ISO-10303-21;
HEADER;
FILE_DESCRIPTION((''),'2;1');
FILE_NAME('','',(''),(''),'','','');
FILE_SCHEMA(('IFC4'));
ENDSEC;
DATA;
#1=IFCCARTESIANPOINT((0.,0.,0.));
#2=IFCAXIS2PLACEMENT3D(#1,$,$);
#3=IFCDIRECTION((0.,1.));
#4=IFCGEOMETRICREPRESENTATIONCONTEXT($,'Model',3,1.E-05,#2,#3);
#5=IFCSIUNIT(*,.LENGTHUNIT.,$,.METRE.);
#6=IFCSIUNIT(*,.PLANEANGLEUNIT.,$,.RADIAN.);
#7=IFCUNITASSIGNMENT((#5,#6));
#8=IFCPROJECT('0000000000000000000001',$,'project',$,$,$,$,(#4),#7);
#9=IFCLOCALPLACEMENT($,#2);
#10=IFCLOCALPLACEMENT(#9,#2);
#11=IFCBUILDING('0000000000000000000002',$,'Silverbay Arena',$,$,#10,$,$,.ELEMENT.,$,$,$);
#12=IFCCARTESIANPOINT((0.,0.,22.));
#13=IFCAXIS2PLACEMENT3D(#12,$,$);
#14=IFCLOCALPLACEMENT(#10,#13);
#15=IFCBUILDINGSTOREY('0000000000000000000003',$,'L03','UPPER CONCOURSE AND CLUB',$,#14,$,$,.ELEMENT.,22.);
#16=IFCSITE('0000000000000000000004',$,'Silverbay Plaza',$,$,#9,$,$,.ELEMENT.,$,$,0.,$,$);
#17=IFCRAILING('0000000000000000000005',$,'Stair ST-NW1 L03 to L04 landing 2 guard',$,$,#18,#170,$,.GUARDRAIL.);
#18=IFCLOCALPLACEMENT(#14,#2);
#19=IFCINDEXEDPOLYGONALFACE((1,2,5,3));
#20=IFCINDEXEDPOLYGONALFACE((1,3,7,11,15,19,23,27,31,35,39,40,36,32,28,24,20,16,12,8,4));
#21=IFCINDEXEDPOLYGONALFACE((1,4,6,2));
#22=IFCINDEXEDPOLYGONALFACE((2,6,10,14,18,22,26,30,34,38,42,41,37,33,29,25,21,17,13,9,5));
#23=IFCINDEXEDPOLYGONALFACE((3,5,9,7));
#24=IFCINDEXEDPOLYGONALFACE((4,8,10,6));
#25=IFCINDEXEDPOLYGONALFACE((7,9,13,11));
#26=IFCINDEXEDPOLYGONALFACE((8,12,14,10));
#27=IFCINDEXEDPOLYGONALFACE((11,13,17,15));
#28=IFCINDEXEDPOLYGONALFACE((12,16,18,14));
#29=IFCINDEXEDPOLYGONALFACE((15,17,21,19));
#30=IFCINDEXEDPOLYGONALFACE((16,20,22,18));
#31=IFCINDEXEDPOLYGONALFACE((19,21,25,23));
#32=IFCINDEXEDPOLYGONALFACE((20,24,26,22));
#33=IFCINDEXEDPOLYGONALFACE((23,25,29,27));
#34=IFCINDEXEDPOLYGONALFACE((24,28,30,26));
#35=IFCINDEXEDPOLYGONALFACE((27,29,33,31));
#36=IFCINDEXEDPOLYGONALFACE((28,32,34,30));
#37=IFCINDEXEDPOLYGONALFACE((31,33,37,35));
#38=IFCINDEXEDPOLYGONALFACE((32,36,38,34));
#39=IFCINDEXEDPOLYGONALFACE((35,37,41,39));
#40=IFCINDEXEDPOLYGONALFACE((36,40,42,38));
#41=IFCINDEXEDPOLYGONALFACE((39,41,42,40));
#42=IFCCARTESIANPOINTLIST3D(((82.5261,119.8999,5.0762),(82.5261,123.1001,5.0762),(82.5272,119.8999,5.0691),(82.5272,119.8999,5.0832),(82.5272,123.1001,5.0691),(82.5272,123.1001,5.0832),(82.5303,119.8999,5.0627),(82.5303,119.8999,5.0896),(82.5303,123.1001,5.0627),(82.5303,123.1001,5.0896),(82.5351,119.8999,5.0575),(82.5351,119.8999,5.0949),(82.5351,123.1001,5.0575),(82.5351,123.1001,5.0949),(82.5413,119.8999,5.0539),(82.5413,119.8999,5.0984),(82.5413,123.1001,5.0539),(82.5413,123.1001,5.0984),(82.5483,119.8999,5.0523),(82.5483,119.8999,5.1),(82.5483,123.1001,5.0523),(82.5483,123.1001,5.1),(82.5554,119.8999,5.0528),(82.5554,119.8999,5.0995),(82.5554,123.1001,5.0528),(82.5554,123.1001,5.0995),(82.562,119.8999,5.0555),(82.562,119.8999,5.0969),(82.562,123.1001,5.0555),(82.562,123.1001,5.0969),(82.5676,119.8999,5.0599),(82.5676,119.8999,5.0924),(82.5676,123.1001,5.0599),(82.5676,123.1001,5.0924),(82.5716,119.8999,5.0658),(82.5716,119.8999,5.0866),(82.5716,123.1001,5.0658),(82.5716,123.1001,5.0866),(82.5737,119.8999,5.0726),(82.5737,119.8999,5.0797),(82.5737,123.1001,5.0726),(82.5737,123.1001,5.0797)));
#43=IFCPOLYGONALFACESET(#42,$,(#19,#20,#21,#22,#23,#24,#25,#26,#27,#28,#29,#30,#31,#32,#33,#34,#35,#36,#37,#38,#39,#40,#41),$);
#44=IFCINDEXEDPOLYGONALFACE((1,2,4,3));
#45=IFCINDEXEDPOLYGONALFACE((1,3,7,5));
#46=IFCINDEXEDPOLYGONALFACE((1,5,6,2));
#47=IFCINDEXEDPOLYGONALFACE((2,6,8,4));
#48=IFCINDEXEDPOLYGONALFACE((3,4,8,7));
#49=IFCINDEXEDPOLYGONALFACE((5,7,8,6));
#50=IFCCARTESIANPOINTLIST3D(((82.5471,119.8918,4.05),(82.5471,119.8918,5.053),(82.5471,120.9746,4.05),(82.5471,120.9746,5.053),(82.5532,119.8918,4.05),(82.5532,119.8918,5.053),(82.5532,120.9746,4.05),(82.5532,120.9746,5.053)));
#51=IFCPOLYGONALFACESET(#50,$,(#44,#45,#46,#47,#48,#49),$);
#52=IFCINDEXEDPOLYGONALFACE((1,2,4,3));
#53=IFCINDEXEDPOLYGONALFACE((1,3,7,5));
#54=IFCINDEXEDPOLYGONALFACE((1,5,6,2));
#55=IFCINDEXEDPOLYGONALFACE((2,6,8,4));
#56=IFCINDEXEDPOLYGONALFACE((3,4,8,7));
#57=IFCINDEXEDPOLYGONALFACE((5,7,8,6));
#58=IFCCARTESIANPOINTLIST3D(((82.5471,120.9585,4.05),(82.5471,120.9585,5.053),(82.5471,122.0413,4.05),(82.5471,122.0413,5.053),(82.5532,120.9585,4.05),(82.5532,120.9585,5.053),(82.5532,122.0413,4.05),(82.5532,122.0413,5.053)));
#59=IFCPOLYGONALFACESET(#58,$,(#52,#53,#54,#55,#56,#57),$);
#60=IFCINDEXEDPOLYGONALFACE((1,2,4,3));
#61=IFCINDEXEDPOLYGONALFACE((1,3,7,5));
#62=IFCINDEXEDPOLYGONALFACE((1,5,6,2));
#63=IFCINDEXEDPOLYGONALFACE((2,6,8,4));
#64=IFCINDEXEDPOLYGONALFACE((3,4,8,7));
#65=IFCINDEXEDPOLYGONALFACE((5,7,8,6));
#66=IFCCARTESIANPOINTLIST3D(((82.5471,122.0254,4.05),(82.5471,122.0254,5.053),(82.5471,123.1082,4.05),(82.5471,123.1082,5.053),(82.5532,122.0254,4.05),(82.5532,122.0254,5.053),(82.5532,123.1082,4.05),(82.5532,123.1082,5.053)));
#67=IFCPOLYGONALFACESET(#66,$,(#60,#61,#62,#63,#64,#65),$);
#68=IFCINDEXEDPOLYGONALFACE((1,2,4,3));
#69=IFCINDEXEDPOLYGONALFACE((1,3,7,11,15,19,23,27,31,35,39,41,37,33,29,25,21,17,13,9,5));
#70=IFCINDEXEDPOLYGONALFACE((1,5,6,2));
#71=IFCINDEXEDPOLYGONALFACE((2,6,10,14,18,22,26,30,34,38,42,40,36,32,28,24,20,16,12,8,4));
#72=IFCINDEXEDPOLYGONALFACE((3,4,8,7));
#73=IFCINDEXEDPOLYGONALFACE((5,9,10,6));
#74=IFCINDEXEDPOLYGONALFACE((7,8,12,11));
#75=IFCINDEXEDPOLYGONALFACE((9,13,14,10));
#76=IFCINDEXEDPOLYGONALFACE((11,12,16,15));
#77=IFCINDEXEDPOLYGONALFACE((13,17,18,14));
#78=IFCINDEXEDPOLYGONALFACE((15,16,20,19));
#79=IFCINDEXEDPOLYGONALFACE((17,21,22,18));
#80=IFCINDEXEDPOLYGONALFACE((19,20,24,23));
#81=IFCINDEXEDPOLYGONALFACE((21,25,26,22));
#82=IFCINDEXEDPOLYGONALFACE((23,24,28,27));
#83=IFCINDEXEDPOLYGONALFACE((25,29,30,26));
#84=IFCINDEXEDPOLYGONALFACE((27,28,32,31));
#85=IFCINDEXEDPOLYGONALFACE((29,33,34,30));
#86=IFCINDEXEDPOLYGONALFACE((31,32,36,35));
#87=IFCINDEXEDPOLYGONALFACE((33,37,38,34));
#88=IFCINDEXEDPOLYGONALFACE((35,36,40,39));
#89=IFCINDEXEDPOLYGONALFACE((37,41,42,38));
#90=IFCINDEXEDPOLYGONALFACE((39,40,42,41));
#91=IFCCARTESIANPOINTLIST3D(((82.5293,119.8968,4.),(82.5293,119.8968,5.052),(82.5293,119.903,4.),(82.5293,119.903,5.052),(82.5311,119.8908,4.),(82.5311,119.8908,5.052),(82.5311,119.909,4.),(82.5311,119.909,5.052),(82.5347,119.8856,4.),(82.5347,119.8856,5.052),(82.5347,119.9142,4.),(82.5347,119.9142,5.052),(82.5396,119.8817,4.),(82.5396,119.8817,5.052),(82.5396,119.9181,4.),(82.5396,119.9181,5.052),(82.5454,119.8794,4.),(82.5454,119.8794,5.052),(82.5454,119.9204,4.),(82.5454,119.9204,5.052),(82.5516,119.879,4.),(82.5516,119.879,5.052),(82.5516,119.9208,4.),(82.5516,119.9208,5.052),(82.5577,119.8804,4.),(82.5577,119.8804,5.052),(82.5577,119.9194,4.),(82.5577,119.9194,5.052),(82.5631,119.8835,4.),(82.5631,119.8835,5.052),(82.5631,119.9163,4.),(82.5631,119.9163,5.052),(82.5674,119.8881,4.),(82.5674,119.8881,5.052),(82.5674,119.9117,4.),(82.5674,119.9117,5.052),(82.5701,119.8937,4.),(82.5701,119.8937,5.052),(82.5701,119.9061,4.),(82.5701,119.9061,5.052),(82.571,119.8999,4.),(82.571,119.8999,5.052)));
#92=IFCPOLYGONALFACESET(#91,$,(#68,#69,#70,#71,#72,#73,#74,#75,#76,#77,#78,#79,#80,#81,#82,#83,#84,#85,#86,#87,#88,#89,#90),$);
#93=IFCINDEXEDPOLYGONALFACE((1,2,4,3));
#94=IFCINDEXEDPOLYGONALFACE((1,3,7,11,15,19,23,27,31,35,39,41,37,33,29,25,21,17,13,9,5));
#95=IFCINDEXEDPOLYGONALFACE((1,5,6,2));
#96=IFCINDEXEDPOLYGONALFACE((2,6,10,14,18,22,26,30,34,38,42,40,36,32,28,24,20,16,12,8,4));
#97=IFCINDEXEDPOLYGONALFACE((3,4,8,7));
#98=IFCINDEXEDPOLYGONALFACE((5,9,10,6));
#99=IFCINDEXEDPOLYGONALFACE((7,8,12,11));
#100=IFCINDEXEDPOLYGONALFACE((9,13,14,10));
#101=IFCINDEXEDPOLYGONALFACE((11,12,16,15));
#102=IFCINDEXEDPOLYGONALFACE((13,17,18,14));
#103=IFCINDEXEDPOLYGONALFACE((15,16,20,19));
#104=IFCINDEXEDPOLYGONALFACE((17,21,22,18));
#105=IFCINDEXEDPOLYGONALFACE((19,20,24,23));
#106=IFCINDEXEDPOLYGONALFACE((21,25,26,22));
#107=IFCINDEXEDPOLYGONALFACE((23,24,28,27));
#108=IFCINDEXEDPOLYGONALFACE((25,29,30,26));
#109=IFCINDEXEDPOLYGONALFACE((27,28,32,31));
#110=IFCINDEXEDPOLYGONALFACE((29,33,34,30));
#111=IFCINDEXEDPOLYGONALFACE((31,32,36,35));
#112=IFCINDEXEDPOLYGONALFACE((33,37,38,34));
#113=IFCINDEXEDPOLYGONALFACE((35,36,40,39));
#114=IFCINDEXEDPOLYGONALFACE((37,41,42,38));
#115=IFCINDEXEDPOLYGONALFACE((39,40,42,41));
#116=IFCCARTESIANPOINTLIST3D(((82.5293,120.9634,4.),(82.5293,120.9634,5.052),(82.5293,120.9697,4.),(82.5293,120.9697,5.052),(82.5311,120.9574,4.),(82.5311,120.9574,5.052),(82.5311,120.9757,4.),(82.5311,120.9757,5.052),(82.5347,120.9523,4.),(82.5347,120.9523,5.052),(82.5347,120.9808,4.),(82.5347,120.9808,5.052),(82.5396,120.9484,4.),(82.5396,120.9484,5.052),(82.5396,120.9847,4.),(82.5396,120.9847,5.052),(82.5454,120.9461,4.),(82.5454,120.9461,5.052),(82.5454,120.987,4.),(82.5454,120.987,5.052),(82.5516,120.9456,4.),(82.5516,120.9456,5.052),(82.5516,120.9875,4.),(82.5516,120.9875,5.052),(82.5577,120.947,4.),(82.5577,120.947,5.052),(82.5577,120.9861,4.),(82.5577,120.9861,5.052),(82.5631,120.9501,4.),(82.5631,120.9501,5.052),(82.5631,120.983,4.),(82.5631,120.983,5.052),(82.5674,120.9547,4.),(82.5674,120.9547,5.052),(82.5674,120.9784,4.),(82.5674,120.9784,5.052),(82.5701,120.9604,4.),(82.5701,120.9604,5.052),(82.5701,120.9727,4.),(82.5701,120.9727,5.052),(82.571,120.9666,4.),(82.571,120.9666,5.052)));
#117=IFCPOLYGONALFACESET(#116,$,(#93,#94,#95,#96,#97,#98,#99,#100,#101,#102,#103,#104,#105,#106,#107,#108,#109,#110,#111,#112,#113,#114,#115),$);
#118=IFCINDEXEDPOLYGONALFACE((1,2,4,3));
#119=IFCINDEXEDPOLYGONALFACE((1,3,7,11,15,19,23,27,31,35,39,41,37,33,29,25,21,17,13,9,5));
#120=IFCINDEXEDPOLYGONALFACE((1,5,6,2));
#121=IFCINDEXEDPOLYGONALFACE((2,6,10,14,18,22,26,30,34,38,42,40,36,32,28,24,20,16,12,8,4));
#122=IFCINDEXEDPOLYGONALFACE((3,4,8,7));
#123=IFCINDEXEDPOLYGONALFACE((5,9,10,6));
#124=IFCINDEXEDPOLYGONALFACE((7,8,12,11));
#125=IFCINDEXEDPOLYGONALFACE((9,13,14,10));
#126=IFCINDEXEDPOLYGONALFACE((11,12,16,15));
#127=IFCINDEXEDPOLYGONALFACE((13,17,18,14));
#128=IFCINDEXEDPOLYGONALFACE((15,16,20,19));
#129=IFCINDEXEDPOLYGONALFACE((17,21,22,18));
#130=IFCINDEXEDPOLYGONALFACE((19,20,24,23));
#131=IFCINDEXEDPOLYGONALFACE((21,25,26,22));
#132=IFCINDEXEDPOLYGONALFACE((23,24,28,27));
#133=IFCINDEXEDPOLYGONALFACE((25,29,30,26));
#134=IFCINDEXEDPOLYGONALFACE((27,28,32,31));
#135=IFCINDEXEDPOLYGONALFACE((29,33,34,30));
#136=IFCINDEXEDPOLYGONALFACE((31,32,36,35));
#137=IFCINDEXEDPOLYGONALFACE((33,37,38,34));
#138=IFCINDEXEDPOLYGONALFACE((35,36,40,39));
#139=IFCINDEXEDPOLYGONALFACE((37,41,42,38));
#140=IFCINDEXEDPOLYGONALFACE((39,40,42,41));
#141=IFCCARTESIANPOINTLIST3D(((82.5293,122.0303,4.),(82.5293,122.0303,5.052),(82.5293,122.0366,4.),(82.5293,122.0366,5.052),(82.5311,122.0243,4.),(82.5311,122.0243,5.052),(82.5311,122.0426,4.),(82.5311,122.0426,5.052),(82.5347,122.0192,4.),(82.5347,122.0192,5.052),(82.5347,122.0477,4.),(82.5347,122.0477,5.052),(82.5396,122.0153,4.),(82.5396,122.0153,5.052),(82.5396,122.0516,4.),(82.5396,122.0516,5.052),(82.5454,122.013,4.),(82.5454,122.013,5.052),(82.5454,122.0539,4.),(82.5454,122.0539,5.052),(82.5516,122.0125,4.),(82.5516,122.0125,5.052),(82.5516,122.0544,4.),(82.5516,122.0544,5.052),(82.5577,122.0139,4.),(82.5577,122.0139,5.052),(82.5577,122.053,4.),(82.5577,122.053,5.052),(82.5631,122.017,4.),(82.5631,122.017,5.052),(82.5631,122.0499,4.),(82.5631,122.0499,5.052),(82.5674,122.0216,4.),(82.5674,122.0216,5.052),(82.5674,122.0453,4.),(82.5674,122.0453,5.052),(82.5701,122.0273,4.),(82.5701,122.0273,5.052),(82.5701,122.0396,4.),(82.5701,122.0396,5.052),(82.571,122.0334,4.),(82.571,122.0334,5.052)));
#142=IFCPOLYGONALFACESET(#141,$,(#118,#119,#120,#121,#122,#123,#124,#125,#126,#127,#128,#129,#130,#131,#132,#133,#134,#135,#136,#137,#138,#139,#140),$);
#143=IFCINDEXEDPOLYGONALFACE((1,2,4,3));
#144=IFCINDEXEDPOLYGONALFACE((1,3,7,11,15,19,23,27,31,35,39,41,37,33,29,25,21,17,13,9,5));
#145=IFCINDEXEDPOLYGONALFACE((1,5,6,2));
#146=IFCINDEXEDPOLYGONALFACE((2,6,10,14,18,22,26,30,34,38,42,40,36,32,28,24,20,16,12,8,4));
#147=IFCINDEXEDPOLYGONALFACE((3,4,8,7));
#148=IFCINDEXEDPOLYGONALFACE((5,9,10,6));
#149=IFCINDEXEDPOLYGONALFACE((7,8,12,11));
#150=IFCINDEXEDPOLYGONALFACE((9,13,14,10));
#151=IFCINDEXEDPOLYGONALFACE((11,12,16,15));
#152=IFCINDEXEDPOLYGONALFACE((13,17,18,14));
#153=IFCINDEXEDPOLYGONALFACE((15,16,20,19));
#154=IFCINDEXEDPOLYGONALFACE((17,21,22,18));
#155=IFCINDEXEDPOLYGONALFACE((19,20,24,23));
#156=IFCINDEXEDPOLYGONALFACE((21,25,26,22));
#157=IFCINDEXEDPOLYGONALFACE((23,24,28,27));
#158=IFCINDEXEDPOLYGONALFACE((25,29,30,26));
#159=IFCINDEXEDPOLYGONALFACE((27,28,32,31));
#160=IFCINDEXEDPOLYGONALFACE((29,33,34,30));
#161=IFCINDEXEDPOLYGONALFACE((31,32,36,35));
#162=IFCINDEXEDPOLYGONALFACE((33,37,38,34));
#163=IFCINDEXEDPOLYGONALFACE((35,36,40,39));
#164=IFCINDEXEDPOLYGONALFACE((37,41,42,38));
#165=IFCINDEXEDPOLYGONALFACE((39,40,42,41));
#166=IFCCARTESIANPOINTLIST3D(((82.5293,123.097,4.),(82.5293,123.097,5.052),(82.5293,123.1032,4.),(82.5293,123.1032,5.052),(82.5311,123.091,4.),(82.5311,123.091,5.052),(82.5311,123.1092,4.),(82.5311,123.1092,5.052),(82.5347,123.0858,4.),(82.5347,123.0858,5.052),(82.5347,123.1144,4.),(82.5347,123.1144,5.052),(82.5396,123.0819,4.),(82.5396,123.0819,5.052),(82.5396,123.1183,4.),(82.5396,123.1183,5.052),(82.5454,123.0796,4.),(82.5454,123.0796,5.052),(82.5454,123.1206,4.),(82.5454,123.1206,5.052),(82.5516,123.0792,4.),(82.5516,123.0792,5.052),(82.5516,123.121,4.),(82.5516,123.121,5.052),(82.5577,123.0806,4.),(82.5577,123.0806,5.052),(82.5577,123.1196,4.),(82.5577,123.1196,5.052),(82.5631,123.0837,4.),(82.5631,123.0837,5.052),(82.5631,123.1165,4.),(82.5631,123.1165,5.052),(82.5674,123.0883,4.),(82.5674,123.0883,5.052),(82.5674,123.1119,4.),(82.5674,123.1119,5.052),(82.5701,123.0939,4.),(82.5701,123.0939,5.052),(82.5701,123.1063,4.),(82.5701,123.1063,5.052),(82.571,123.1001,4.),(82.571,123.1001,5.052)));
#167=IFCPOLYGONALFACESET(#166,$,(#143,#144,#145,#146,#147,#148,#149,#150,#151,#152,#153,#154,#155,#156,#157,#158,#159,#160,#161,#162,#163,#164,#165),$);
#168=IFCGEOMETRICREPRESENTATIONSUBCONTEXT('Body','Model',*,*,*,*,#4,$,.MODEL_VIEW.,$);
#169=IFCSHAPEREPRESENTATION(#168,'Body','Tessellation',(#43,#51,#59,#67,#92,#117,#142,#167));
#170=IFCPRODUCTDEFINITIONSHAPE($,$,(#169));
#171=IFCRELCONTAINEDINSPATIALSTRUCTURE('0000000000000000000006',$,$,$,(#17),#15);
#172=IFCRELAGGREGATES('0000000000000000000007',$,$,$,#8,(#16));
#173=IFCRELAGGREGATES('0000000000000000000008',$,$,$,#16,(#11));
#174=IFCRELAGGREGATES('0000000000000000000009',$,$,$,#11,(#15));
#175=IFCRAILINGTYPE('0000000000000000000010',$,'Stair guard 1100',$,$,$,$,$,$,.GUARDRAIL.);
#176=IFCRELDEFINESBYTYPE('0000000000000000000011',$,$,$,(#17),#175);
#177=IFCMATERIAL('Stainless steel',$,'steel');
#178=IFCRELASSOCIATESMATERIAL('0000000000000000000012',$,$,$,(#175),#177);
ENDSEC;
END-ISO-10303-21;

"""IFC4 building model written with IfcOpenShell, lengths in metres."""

from ifc_helpers import new_model, si_unit, direction, frame, origin, origin_2d, place, context, subcontext, project, spatial, polyline, circle, outline, extrude, material, type_object, element, save


model = new_model("IFC4")

# Units and contexts
model_context = context("Model", 3, precision=1e-05, world=origin(), true_north=direction((0.0, 1.0)))
body_context = subcontext(model_context, "Body", "Model", "MODEL_VIEW")
ifc_project = project(units=[si_unit("LENGTHUNIT", "METRE"), si_unit("PLANEANGLEUNIT", "RADIAN")], contexts=[model_context])

# Site, building, storey
site_placement = place(None, origin())
site = spatial("IfcSite", under=ifc_project, at=site_placement, Name="Silverbay Plaza", CompositionType="ELEMENT", RefElevation=0.0)
building_placement = place(site_placement, origin())
building = spatial("IfcBuilding", under=site, at=building_placement, Name="Silverbay Arena", CompositionType="ELEMENT")
storey_placement = place(building_placement, frame((0.0, 0.0, 22.0)))
storey = spatial("IfcBuildingStorey", under=building, at=storey_placement, Name="L03", Description="UPPER CONCOURSE AND CLUB", CompositionType="ELEMENT", Elevation=22.0)

# Railing
ifc_material_1 = material(Name="Stainless steel", Category="steel")
railing_type_1 = type_object("IfcRailingType", Name="Stair guard 1100", PredefinedType="GUARDRAIL", material=ifc_material_1)
for number, where, name in (
    (1, (82.55, 119.8999, 4.0), "Stair ST-NW1 L03 to L04 landing 2 guard"),
):
    element("IfcRailing", number, at=place(storey_placement, frame(where)), inside=storey, type_object=railing_type_1, Name=name, PredefinedType="GUARDRAIL", context=body_context, shape_type="SweptSolid", body=[
        extrude(circle(Radius=0.0239, at=origin_2d()), frame((0.0, 0.0, 1.0762), z_axis=(0.0, 1.0, 0.0), x_axis=(-1.0, 0.0, 0.0)), (0.0, 0.0, 1.0), 3.2002),
        extrude(outline(polyline([(-0.0081, 0.05), (1.0747, 0.05), (1.0747, 1.053), (-0.0081, 1.053), (-0.0081, 0.05)])), frame((-0.0029, 0.0, 0.0), z_axis=(1.0, 0.0, 0.0), x_axis=(0.0, 1.0, 0.0)), (0.0, 0.0, 1.0), 0.0061),
        extrude(outline(polyline([(-0.0081, 0.05), (1.0747, 0.05), (1.0747, 1.053), (-0.0081, 1.053), (-0.0081, 0.05)])), frame((-0.0029, 1.0667, 0.0), z_axis=(1.0, 0.0, 0.0), x_axis=(0.0, 1.0, 0.0)), (0.0, 0.0, 1.0), 0.0061),
        extrude(outline(polyline([(-0.0081, 0.05), (1.0747, 0.05), (1.0747, 1.053), (-0.0081, 1.053), (-0.0081, 0.05)])), frame((-0.0029, 2.1335, 0.0), z_axis=(1.0, 0.0, 0.0), x_axis=(0.0, 1.0, 0.0)), (0.0, 0.0, 1.0), 0.0061),
        extrude(circle(Radius=0.021, at=origin_2d()), origin(), (0.0, 0.0, 1.0), 1.052),
        extrude(circle(Radius=0.021, at=origin_2d()), frame((0.0, 1.0667, 0.0)), (0.0, 0.0, 1.0), 1.052),
        extrude(circle(Radius=0.021, at=origin_2d()), frame((0.0, 2.1335, 0.0)), (0.0, 0.0, 1.0), 1.052),
        extrude(circle(Radius=0.021, at=origin_2d()), frame((0.0, 3.2002, 0.0)), (0.0, 0.0, 1.0), 1.052),
    ])

save(model, "model.ifc")
